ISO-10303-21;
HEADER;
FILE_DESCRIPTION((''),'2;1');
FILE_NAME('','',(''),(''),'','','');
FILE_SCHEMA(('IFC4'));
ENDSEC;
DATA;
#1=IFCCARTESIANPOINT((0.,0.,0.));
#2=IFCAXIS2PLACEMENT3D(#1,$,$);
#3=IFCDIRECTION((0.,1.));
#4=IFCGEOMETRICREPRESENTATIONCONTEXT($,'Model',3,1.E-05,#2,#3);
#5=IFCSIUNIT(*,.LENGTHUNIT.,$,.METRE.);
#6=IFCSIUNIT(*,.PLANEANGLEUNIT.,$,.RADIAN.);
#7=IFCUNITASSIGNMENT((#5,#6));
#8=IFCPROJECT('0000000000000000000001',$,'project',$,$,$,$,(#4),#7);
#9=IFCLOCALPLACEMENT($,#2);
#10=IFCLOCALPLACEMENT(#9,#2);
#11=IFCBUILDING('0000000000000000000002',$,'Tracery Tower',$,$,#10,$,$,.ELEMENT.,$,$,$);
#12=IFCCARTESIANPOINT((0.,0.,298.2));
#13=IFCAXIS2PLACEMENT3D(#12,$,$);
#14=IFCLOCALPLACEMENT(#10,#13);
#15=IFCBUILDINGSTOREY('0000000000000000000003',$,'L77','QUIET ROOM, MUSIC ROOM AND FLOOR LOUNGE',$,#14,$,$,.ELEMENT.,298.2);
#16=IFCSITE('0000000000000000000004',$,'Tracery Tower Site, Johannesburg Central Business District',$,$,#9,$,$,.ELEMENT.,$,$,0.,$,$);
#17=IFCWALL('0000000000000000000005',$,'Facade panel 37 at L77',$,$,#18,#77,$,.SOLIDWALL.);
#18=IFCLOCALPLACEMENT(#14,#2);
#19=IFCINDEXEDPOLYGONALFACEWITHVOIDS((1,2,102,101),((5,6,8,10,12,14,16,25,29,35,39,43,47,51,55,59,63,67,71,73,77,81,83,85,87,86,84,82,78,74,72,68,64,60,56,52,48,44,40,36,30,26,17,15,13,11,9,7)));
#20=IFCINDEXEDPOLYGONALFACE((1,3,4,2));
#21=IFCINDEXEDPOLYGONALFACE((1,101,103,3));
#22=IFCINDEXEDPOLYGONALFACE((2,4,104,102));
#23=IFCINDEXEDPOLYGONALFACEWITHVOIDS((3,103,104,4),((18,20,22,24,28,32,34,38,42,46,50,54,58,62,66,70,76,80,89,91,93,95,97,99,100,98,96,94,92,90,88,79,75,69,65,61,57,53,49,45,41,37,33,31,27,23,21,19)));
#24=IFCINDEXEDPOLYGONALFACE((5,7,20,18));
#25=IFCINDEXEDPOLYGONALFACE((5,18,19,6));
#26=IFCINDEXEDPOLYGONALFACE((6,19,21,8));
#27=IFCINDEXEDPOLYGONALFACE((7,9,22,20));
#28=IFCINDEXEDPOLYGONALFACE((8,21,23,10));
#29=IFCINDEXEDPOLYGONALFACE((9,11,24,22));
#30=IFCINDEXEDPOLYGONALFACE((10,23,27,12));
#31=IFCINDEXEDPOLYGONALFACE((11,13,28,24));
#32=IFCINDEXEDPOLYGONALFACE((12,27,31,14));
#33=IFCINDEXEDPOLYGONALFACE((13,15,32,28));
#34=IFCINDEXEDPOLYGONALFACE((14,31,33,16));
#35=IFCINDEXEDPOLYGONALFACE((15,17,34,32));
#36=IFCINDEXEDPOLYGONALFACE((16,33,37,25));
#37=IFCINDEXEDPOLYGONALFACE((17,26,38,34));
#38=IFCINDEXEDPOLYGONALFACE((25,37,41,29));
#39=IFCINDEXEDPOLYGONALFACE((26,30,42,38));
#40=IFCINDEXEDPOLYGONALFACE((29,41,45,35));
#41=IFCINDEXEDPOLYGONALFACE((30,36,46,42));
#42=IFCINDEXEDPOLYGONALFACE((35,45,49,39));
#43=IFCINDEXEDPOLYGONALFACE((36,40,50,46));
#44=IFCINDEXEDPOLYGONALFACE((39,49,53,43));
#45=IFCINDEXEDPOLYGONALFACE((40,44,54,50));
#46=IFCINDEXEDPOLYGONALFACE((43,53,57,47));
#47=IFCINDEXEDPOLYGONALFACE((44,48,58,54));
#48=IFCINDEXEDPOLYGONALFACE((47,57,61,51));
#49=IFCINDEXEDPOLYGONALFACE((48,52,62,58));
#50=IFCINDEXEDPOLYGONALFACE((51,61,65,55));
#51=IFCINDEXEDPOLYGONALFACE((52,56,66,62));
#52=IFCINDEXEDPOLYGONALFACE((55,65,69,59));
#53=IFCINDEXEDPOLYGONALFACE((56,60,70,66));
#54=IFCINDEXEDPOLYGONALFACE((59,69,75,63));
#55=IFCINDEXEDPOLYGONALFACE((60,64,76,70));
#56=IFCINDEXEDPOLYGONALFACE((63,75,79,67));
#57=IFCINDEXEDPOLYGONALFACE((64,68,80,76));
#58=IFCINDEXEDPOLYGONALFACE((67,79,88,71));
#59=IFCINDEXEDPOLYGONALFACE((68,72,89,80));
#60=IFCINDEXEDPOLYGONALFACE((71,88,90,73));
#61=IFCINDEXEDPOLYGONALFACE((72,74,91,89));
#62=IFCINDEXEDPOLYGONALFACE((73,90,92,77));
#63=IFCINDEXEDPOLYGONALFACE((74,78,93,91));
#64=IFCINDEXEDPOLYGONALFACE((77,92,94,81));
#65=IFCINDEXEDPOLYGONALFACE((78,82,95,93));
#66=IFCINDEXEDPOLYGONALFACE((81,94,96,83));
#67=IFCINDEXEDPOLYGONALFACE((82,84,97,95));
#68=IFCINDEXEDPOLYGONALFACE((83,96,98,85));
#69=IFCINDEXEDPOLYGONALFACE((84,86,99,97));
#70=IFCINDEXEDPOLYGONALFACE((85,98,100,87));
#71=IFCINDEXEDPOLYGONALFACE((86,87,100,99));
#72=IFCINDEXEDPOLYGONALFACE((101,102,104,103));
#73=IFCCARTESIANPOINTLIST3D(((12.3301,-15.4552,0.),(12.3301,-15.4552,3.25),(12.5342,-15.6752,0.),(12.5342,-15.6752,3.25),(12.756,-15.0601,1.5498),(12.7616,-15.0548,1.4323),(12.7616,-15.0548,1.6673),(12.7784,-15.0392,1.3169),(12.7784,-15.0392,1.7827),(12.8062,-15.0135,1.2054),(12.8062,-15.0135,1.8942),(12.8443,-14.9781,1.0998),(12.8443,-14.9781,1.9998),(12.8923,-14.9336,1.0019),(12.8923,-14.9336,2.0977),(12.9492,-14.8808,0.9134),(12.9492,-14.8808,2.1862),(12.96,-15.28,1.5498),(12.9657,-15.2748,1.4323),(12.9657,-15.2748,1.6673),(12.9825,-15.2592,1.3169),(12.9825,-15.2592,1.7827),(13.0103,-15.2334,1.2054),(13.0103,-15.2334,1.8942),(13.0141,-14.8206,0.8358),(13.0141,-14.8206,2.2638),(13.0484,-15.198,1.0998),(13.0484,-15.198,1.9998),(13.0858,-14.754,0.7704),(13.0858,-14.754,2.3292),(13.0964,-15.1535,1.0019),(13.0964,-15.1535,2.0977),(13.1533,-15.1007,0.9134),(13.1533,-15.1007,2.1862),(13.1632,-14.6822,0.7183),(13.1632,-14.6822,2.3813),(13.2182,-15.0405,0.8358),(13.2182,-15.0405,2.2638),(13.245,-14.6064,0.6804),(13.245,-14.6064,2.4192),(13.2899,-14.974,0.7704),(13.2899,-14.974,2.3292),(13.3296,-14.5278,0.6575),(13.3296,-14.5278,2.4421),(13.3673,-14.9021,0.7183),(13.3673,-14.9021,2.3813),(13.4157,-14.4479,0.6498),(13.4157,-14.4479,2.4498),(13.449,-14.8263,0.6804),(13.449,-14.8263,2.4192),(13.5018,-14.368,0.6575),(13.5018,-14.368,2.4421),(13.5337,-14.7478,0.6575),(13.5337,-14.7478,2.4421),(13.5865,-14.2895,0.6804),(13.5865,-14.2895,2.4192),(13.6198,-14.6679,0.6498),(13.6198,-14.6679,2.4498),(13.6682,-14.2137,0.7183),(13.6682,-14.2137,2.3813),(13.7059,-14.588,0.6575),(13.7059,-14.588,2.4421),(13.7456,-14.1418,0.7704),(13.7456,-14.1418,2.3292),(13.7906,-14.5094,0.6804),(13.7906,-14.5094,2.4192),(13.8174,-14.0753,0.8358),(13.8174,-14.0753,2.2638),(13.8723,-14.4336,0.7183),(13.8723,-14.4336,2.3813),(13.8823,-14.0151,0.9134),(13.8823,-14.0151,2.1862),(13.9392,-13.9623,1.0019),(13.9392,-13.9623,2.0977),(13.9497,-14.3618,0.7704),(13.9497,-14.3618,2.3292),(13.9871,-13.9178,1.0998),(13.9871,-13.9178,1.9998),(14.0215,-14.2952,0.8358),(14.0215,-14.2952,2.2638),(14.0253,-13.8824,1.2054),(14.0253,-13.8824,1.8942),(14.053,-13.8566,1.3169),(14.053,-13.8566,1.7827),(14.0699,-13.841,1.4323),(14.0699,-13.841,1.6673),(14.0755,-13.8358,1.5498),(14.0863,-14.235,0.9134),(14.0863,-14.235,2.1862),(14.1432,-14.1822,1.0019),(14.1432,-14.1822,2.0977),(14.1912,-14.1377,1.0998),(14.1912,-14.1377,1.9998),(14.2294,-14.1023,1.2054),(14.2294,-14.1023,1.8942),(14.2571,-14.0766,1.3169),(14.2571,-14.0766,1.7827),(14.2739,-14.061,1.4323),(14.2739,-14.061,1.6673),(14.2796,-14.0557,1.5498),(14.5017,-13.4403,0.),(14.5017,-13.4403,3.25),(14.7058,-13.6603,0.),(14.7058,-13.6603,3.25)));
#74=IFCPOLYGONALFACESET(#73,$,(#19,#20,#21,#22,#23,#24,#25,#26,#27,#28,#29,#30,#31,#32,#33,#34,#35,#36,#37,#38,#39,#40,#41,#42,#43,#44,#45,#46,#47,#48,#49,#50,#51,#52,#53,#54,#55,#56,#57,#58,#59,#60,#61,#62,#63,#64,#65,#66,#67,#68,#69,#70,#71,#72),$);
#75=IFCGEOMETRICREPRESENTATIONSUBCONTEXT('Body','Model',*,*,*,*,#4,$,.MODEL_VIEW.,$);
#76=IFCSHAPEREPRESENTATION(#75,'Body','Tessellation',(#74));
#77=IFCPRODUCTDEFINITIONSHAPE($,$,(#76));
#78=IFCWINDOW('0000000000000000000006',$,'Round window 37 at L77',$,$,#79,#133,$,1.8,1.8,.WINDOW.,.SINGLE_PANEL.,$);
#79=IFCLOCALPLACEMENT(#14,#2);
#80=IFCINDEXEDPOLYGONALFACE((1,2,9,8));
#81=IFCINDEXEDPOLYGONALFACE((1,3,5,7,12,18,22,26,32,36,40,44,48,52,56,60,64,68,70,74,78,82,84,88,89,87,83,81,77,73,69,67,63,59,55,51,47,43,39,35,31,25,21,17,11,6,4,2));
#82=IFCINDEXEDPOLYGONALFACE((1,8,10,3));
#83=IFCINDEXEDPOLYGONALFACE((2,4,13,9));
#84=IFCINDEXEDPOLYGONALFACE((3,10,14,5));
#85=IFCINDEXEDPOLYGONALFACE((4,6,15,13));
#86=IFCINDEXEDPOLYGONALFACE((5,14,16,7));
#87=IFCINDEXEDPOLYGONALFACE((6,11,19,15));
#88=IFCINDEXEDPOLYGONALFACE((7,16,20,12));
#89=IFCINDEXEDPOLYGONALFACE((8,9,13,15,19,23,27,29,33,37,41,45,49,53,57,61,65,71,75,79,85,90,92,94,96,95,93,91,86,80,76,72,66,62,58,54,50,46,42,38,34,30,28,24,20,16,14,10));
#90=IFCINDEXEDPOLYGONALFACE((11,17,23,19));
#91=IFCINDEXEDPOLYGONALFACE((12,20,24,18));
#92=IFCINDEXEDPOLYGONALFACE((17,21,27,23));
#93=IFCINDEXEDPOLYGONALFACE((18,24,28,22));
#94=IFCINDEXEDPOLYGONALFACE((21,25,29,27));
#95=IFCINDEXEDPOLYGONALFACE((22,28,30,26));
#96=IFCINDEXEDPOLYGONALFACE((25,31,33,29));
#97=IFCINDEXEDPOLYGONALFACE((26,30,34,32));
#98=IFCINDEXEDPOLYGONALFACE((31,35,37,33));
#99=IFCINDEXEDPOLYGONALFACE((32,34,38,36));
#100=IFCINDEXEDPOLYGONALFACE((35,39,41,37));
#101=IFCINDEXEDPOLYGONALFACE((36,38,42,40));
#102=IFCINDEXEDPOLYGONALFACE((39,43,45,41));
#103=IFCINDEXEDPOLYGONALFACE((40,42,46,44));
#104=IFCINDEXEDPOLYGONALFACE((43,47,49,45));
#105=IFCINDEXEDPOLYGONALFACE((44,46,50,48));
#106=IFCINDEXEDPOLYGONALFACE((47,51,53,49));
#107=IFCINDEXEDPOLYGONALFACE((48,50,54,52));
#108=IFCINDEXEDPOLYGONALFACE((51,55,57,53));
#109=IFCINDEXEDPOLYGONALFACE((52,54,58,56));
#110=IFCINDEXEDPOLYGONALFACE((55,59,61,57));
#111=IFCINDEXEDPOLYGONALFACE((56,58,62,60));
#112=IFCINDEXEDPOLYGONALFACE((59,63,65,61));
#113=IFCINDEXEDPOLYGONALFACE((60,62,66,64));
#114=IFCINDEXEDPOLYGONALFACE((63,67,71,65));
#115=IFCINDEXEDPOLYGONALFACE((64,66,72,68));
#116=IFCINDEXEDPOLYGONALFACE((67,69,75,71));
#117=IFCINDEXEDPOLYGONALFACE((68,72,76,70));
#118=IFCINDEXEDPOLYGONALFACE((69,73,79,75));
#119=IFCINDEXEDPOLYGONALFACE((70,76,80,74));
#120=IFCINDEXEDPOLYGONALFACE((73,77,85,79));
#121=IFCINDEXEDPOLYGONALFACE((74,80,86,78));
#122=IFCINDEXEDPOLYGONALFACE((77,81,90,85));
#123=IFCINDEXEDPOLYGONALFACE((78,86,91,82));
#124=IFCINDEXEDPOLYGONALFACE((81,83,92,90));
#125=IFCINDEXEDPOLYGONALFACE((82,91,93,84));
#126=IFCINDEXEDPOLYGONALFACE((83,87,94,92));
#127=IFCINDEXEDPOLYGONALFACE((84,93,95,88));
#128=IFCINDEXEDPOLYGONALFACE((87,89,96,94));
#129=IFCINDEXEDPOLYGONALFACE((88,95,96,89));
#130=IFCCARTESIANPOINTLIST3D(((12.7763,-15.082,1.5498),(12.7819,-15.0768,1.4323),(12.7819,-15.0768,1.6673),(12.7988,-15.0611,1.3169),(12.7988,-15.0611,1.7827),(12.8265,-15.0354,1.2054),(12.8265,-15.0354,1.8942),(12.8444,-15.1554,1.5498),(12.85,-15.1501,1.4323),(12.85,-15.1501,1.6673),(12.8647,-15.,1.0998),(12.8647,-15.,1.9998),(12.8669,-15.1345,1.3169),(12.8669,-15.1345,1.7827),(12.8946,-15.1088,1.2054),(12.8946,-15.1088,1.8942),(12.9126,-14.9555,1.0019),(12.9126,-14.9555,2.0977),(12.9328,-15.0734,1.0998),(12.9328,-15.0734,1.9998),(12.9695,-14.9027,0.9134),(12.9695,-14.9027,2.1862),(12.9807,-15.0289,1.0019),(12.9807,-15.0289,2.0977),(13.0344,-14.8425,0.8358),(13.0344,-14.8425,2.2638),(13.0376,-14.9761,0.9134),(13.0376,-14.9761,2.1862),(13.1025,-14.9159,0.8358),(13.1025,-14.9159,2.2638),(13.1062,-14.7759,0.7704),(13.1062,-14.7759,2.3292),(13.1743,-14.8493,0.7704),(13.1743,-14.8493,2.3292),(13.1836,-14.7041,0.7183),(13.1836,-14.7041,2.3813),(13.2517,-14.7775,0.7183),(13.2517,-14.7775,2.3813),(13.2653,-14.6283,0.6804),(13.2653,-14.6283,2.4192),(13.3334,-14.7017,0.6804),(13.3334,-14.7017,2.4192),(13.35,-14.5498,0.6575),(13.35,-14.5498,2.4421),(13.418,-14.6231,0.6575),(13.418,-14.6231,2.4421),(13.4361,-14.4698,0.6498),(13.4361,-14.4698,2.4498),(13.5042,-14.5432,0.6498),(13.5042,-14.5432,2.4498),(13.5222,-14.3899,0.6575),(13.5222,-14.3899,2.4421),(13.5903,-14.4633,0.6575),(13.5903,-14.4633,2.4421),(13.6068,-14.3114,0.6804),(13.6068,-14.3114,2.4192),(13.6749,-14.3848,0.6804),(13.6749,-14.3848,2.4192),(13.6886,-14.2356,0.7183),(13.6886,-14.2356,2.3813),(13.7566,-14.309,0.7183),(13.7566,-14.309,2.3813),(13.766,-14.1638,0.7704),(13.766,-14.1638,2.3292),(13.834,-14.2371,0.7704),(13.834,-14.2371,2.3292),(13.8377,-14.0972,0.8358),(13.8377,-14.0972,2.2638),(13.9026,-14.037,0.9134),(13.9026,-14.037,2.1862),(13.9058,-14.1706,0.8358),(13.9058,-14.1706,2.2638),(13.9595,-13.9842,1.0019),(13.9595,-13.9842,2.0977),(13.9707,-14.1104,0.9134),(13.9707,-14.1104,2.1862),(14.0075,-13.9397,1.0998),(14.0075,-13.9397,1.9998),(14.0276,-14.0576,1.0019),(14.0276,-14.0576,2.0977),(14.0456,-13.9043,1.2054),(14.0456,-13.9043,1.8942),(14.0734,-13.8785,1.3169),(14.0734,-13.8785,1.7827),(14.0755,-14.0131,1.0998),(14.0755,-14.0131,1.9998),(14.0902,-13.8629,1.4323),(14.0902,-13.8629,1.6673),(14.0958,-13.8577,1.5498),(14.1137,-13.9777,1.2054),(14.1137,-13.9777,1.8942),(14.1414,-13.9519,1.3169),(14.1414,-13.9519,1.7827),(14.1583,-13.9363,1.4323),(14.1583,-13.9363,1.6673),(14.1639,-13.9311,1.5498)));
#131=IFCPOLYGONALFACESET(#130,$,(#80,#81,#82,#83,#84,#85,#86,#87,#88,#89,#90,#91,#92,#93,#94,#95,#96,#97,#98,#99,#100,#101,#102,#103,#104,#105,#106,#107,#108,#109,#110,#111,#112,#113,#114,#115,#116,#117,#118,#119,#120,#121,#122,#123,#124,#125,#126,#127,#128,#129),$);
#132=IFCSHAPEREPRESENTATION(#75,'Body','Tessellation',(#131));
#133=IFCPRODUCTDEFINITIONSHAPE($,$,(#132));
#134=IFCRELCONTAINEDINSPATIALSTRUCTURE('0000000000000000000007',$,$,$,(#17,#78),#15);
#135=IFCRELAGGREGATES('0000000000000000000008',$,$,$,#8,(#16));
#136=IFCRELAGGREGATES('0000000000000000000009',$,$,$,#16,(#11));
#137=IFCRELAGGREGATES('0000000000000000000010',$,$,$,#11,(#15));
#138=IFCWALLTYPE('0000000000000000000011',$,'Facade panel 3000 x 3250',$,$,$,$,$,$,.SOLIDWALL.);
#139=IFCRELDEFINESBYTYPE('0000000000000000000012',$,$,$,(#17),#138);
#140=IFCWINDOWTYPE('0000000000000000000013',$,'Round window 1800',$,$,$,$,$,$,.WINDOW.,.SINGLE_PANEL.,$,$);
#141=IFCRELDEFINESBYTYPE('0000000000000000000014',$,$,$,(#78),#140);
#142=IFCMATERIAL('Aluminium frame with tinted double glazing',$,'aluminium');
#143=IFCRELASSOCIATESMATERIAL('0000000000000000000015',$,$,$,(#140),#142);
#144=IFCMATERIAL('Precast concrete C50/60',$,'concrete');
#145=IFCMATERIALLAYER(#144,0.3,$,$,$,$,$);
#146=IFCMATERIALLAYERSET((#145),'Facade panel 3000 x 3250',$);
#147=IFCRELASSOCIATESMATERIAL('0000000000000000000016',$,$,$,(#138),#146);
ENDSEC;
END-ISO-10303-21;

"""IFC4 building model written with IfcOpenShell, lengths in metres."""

from ifc_helpers import new_model, si_unit, direction, frame, frame_2d, origin, origin_2d, place, context, subcontext, project, spatial, rectangle, circle, extrude, material, layer, layer_set, type_object, element, fill, save


model = new_model("IFC4")

# Units and contexts
model_context = context("Model", 3, precision=1e-05, world=origin(), true_north=direction((0.0, 1.0)))
body_context = subcontext(model_context, "Body", "Model", "MODEL_VIEW")
ifc_project = project(units=[si_unit("LENGTHUNIT", "METRE"), si_unit("PLANEANGLEUNIT", "RADIAN")], contexts=[model_context])

# Site, building, storey
site_placement = place(None, origin())
site = spatial("IfcSite", under=ifc_project, at=site_placement, Name="Tracery Tower Site, Johannesburg Central Business District", CompositionType="ELEMENT", RefElevation=0.0)
building_placement = place(site_placement, origin())
building = spatial("IfcBuilding", under=site, at=building_placement, Name="Tracery Tower", CompositionType="ELEMENT")
storey_placement = place(building_placement, frame((0.0, 0.0, 298.2)))
storey = spatial("IfcBuildingStorey", under=building, at=storey_placement, Name="L77", Description="QUIET ROOM, MUSIC ROOM AND FLOOR LOUNGE", CompositionType="ELEMENT", Elevation=298.2)

# Wall, opening, window
ifc_material_1 = material(Name="Aluminium frame with tinted double glazing", Category="aluminium")
window_type = type_object("IfcWindowType", Name="Round window 1800", PartitioningType="SINGLE_PANEL", PredefinedType="WINDOW", material=ifc_material_1)
ifc_material_2 = material(Name="Precast concrete C50/60", Category="concrete")
ifc_layer_1 = layer(ifc_material_2, 0.3)
ifc_layer_set_1 = layer_set([ifc_layer_1], Name="Facade panel 3000 x 3250")
wall_type_1 = type_object("IfcWallType", Name="Facade panel 3000 x 3250", PredefinedType="SOLIDWALL", material=ifc_layer_set_1)
wall_1_placement = place(storey_placement, frame((12.4321, -15.5652, 0.0), z_axis=(0.0, 0.0, 1.0), x_axis=(0.733066, 0.680157, 0.0)))
wall_1 = element("IfcWall", 1, at=wall_1_placement, inside=storey, type_object=wall_type_1, Name="Facade panel 37 at L77", PredefinedType="SOLIDWALL", context=body_context, shape_type="SweptSolid", body=[
    extrude(rectangle(XDim=2.9624, YDim=0.3, at=frame_2d((1.4812, 0.0))), origin(), (0.0, 0.0, 1.0), 3.25),
])
opening_1_placement = place(wall_1_placement, frame((1.481, 0.0, 1.5498)))
opening_1 = element("IfcOpeningElement", 2, at=opening_1_placement, cuts=wall_1, PredefinedType="OPENING", context=body_context, shape_type="SweptSolid", body=[
    extrude(circle(Radius=0.9, at=origin_2d()), frame((0.0, 0.1599, 0.0), z_axis=(0.0, -1.0, 0.0), x_axis=(1.0, 0.0, 0.0)), (0.0, 0.0, 1.0), 0.3201),
])
window_1_placement = place(opening_1_placement, origin())
window_1 = element("IfcWindow", 3, at=window_1_placement, inside=storey, type_object=window_type, Name="Round window 37 at L77", OverallHeight=1.8, OverallWidth=1.8, PartitioningType="SINGLE_PANEL", PredefinedType="WINDOW", context=body_context, shape_type="SweptSolid", body=[
    extrude(circle(Radius=0.9, at=origin_2d()), frame((0.0, 0.1201, 0.0), z_axis=(0.0, -1.0, 0.0), x_axis=(1.0, 0.0, 0.0)), (0.0, 0.0, 1.0), 0.1001),
])
fill(opening_1, window_1)

save(model, "model.ifc")
